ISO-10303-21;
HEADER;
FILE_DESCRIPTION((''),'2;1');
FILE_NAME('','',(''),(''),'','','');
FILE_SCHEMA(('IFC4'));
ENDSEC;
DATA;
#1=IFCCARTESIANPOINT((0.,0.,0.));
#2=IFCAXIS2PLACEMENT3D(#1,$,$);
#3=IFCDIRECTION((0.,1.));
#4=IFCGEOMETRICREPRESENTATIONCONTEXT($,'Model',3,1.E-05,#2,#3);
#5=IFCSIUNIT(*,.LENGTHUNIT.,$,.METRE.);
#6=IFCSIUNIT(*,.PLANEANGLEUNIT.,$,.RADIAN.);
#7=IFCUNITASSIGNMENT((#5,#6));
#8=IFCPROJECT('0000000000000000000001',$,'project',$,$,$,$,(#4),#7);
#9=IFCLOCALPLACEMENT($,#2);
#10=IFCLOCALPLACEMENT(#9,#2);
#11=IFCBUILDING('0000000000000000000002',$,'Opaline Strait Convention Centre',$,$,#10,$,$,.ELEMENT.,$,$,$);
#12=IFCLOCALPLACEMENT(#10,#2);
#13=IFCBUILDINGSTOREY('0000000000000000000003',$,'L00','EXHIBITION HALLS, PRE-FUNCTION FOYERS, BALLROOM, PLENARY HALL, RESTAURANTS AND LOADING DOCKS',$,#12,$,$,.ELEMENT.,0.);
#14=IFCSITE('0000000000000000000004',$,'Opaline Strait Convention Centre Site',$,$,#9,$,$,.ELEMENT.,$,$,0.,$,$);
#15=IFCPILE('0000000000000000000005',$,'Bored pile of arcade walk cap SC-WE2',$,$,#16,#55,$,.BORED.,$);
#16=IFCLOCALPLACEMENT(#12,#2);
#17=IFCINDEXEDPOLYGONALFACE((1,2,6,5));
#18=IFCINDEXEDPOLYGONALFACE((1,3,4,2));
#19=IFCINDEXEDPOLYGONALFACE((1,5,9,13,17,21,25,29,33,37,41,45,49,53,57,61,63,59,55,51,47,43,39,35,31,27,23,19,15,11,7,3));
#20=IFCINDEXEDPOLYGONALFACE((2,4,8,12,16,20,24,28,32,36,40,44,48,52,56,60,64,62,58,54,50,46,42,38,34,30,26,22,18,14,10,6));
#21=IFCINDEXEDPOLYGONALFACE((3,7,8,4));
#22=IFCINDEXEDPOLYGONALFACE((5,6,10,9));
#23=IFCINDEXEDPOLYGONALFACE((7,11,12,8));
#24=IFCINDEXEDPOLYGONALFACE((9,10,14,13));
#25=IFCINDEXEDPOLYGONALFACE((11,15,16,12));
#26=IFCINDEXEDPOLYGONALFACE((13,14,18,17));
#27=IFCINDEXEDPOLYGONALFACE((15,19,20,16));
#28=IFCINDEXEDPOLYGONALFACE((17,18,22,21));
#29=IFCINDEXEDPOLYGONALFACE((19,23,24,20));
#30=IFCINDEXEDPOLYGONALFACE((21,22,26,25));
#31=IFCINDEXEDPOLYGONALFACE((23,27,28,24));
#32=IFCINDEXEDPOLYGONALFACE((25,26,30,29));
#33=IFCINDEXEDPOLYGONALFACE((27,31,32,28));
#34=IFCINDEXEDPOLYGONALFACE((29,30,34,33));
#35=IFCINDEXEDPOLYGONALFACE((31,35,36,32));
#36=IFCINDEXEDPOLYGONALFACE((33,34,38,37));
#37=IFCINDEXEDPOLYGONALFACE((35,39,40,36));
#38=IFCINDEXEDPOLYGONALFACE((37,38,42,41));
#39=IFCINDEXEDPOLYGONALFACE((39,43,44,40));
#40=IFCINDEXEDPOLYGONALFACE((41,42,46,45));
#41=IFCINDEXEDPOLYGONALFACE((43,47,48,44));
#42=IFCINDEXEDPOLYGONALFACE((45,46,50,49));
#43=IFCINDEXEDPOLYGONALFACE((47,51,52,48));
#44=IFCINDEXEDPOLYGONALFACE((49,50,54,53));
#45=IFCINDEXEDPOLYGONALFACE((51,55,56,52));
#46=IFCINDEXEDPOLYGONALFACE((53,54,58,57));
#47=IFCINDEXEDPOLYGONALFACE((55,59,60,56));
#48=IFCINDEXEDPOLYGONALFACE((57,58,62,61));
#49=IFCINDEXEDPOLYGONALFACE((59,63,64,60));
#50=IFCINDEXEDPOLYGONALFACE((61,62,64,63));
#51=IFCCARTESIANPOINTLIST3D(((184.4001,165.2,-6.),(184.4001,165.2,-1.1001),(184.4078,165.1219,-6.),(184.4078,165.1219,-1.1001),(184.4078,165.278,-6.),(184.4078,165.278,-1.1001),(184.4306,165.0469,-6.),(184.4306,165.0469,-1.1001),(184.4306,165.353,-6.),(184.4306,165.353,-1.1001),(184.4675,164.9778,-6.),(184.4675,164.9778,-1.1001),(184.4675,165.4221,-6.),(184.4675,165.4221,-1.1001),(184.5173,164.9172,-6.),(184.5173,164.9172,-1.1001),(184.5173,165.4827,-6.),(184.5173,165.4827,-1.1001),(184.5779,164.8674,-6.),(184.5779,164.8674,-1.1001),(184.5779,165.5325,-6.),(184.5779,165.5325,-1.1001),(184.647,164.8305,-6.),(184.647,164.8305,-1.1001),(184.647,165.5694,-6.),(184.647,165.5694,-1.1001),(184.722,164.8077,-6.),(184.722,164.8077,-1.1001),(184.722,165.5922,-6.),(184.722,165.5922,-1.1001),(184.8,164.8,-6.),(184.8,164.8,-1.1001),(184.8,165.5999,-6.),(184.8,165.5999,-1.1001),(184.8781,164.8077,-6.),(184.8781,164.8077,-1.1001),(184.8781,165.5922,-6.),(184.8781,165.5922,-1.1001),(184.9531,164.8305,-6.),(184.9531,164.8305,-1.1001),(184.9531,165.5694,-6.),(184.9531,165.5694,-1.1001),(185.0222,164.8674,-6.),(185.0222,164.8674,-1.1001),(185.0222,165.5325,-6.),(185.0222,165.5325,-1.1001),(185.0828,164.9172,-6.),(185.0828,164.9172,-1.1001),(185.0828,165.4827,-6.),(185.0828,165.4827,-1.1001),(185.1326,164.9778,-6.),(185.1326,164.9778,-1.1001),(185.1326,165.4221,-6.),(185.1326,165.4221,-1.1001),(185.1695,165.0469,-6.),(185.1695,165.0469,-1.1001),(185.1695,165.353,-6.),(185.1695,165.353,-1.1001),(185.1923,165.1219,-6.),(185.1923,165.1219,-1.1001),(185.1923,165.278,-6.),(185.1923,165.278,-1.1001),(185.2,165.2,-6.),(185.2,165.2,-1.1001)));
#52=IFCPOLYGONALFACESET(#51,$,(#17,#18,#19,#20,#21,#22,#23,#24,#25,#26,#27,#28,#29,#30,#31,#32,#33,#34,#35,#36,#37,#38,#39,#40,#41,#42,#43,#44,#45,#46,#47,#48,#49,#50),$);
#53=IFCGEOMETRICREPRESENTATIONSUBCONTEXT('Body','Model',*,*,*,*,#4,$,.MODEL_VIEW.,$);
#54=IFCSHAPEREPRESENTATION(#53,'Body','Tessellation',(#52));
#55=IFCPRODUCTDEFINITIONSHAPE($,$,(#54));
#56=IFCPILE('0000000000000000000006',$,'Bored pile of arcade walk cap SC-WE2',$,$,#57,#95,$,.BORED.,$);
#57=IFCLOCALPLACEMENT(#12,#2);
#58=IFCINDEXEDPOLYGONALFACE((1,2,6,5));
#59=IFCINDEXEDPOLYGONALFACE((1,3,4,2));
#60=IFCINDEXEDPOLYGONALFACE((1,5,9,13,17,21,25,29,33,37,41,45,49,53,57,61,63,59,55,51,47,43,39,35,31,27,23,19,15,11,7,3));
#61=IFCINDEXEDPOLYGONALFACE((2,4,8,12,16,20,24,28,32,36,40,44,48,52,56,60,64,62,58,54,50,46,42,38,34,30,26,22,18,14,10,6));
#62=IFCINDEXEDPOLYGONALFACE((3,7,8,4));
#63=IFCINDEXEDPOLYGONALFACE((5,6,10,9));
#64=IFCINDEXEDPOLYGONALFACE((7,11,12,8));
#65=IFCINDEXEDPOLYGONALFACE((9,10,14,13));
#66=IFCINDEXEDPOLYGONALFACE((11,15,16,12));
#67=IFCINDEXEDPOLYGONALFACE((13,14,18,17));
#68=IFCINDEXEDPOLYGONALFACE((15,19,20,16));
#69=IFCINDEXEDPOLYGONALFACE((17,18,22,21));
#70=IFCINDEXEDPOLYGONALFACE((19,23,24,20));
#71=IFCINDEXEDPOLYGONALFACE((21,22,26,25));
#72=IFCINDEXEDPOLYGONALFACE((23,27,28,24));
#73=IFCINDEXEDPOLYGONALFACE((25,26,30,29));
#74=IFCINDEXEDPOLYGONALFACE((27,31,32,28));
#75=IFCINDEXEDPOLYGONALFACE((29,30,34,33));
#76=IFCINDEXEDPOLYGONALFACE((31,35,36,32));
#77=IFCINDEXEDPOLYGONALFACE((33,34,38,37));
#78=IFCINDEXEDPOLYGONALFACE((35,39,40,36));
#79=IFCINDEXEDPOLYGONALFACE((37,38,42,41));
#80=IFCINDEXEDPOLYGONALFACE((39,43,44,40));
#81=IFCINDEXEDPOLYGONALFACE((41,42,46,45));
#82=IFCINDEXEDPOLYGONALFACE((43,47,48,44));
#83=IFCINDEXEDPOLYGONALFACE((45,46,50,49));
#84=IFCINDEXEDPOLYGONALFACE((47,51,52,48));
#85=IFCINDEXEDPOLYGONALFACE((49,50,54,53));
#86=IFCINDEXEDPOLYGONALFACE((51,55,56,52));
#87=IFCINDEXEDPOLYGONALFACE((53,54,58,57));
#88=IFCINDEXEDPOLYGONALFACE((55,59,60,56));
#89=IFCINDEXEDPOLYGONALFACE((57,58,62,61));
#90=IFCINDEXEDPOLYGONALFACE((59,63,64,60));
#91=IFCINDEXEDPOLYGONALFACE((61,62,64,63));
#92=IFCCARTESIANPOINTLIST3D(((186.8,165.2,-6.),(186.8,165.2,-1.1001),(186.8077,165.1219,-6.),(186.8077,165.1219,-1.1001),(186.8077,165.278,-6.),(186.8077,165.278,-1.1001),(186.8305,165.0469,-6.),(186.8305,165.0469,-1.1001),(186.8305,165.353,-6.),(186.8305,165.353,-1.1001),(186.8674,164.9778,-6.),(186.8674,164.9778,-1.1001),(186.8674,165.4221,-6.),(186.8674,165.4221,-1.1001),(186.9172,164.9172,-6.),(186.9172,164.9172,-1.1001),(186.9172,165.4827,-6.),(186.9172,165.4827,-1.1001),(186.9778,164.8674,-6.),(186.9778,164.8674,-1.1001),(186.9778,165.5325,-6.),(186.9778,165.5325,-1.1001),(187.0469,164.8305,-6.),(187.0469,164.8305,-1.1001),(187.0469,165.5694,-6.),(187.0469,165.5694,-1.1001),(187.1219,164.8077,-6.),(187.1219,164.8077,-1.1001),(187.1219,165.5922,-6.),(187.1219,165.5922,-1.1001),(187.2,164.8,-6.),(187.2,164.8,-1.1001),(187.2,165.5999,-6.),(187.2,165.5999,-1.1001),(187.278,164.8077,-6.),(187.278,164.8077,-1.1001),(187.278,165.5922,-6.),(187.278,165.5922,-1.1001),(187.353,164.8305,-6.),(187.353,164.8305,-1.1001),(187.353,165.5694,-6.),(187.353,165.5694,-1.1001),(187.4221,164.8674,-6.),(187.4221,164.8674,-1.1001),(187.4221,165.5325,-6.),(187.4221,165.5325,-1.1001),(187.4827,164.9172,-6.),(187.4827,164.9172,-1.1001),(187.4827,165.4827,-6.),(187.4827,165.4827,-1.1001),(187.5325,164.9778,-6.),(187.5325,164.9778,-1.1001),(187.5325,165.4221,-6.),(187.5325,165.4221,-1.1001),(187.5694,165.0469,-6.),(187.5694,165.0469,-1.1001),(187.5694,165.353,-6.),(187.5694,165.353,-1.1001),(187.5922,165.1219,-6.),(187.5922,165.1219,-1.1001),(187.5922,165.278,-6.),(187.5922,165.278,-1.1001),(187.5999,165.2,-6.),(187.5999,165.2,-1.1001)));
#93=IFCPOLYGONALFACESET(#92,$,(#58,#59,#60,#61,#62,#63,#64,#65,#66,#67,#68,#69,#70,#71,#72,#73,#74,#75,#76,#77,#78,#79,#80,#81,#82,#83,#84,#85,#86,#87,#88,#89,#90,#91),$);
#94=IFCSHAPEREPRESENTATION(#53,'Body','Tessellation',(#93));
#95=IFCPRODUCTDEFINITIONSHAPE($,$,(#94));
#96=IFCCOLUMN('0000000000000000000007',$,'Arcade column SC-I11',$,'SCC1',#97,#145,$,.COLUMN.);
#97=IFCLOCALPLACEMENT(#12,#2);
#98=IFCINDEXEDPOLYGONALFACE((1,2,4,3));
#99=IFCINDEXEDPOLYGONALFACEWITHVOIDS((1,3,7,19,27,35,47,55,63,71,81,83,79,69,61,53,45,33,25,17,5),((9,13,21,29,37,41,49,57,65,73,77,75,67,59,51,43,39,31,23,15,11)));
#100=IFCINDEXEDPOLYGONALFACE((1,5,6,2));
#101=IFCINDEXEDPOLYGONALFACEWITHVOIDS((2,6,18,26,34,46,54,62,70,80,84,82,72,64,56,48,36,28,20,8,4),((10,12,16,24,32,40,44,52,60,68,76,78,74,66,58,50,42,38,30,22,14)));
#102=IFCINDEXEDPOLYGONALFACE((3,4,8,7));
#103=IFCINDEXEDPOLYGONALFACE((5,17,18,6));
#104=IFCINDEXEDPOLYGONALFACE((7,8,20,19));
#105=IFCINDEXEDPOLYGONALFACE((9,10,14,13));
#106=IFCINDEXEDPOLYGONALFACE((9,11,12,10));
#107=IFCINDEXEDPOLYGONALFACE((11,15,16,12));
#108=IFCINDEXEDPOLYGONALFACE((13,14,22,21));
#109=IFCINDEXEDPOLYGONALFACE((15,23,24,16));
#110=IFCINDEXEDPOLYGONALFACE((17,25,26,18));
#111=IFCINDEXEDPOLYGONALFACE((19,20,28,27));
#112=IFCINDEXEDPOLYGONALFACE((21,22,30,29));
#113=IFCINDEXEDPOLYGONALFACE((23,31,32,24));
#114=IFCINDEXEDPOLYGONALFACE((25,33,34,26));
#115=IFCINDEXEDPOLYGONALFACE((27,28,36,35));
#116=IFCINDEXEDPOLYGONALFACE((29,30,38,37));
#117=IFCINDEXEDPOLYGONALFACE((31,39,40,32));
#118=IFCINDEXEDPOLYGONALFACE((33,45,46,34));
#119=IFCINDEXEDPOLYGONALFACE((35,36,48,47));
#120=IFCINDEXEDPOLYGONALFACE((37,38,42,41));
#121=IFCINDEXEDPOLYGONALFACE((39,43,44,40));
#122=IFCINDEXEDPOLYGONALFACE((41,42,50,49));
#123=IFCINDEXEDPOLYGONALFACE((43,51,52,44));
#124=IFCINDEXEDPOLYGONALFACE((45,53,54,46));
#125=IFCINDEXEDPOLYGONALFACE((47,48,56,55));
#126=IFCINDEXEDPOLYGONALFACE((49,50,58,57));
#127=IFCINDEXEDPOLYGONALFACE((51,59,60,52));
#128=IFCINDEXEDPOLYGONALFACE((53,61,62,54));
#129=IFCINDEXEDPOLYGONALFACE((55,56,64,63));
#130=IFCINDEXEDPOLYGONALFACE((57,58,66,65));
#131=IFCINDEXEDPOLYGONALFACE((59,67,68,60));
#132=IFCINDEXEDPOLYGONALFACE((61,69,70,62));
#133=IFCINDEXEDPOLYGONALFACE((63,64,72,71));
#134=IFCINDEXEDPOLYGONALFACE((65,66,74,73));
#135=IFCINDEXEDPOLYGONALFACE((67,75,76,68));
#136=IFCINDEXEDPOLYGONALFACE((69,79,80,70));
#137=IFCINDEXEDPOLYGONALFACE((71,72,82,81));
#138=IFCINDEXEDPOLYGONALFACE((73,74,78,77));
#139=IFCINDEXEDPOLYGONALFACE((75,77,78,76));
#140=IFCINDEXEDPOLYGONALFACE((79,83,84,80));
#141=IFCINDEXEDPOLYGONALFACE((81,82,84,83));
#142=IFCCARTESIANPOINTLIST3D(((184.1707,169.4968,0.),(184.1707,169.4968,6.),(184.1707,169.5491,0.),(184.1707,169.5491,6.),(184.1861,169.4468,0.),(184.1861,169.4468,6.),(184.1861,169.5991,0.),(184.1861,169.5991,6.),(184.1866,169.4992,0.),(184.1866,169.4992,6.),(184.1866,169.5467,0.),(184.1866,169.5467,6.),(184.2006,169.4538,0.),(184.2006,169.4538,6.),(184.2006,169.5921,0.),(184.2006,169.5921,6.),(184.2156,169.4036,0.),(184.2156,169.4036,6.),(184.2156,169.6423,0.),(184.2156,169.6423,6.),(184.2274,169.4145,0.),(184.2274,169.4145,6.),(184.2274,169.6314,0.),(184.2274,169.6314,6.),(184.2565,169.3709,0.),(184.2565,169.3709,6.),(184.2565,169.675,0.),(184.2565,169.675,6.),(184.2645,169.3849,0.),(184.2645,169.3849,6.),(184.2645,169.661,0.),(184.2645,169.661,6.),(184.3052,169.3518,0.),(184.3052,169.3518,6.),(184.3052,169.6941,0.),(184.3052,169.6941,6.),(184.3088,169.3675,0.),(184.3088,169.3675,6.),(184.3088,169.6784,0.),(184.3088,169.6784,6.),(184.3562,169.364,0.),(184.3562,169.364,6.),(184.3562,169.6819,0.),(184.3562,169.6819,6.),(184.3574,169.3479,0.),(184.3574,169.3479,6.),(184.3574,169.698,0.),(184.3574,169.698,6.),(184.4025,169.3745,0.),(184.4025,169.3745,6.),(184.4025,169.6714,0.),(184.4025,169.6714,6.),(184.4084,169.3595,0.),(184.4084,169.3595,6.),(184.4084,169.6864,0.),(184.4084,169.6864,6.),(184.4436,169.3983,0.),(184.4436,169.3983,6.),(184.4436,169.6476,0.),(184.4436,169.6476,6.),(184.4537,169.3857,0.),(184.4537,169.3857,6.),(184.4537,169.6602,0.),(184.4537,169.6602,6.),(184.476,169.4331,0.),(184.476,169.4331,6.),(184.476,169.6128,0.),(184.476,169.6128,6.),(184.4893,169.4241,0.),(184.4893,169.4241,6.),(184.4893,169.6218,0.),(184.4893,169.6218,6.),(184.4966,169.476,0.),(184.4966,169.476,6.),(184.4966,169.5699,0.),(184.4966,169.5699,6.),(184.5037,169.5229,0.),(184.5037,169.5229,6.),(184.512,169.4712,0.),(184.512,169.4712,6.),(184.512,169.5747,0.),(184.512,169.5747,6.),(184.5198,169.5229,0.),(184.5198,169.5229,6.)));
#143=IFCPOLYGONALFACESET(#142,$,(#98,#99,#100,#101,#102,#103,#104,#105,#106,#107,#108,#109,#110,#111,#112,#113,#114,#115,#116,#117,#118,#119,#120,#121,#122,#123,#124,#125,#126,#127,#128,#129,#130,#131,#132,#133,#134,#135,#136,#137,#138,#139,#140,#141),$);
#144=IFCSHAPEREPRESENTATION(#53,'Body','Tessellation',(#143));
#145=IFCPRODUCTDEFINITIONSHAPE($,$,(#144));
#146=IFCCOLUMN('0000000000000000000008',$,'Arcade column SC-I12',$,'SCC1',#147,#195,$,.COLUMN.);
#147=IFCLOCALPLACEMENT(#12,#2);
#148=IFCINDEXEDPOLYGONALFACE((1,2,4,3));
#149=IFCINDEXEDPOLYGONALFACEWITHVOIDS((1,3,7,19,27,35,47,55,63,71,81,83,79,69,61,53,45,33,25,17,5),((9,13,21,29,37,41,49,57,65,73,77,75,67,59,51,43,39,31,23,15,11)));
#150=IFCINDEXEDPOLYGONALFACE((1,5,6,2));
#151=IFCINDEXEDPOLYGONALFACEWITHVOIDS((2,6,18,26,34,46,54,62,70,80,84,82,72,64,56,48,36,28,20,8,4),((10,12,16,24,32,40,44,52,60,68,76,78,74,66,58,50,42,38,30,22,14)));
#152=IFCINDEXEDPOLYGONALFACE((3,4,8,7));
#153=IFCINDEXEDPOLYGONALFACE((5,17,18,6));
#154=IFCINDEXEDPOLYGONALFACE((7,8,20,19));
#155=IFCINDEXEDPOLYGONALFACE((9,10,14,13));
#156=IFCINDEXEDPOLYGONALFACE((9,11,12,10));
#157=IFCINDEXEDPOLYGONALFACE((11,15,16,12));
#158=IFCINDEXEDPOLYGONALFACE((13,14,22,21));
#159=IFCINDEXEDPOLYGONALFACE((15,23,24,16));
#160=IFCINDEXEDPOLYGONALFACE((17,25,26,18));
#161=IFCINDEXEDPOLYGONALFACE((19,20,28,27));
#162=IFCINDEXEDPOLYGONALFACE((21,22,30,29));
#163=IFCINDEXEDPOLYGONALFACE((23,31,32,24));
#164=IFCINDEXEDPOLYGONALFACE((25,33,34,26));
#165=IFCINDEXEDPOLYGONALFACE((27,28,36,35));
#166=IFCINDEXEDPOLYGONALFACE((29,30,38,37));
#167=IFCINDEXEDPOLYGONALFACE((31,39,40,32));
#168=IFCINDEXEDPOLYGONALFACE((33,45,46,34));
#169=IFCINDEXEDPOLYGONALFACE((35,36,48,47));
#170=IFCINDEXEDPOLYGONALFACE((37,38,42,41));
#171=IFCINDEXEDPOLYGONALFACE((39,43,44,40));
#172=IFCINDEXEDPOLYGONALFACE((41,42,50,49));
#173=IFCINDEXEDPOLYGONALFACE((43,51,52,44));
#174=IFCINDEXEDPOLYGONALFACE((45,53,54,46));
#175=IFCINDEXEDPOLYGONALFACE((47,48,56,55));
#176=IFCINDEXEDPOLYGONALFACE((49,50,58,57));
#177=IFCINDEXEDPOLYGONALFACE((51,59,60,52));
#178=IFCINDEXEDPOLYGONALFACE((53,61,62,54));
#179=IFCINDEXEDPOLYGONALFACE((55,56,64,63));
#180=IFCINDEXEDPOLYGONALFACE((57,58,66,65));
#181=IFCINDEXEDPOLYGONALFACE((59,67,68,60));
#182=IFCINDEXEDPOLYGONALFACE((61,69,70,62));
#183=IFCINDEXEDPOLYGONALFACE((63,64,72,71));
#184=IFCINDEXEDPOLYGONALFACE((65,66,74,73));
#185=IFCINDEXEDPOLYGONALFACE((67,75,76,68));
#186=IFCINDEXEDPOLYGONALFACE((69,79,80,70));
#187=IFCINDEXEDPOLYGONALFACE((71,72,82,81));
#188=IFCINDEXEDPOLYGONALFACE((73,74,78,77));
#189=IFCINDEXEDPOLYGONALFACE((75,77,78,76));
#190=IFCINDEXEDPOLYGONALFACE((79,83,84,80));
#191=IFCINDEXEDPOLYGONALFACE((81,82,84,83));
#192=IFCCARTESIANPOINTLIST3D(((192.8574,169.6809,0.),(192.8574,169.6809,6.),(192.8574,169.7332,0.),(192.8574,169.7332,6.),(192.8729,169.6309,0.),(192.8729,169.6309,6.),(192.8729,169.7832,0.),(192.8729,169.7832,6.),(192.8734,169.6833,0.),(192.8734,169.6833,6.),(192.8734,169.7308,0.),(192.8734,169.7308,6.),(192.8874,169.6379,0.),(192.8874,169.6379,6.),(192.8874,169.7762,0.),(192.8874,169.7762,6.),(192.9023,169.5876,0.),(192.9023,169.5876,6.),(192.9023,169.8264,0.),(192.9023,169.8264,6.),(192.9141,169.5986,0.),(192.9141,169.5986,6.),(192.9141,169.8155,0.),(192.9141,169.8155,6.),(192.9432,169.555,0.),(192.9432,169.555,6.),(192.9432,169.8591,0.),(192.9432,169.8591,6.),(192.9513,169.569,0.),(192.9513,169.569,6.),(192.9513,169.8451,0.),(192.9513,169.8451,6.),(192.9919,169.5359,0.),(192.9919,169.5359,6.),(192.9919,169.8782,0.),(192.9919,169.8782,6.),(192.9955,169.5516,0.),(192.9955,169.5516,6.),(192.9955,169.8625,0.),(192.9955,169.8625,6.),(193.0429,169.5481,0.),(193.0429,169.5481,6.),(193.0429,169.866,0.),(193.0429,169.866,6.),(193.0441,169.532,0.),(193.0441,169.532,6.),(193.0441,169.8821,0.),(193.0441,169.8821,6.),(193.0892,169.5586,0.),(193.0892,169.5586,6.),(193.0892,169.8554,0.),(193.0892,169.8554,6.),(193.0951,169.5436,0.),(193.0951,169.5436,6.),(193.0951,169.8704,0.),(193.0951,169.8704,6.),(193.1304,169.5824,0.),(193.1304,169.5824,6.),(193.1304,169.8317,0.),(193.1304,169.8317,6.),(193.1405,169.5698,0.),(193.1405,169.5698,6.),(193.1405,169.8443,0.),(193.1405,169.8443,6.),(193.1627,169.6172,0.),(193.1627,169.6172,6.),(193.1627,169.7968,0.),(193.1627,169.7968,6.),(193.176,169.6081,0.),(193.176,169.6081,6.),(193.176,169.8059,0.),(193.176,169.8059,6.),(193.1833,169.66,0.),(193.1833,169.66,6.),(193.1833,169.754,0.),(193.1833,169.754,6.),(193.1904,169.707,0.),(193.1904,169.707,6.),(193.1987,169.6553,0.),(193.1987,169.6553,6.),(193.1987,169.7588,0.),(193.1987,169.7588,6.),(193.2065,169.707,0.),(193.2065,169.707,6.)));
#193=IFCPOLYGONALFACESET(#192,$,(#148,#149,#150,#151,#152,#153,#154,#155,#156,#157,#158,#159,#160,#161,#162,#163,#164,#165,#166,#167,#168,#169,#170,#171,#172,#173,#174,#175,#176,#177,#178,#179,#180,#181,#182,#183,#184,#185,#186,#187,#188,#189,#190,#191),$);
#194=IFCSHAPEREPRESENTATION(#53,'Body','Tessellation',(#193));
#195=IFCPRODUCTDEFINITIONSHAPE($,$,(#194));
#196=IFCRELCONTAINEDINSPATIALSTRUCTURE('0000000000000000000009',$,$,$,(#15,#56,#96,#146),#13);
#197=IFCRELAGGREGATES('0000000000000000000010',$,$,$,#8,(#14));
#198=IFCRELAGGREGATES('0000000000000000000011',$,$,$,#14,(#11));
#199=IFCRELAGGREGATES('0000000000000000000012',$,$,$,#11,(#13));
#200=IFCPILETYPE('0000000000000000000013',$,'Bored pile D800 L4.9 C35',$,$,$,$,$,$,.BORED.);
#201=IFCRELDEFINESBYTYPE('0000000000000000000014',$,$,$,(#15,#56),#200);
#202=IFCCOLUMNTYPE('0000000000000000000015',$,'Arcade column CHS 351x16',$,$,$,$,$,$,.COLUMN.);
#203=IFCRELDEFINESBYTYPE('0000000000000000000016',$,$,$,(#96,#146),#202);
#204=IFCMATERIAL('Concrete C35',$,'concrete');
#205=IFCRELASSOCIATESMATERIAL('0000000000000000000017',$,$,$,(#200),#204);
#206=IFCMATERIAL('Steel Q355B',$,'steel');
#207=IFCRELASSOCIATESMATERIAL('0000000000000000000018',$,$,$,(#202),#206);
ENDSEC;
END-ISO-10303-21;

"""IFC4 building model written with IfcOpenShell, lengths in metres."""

from ifc_helpers import new_model, si_unit, direction, frame, origin, origin_2d, place, context, subcontext, project, spatial, circle, hollow_circle, extrude, material, material_profile, profile_set, type_object, element, save


model = new_model("IFC4")

# Units and contexts
model_context = context("Model", 3, precision=1e-05, world=origin(), true_north=direction((0.0, 1.0)))
body_context = subcontext(model_context, "Body", "Model", "MODEL_VIEW")
ifc_project = project(units=[si_unit("LENGTHUNIT", "METRE"), si_unit("PLANEANGLEUNIT", "RADIAN")], contexts=[model_context])

# Site, building, storey
site_placement = place(None, origin())
site = spatial("IfcSite", under=ifc_project, at=site_placement, Name="Opaline Strait Convention Centre Site", CompositionType="ELEMENT", RefElevation=0.0)
building_placement = place(site_placement, origin())
building = spatial("IfcBuilding", under=site, at=building_placement, Name="Opaline Strait Convention Centre", CompositionType="ELEMENT")
storey_placement = place(building_placement, origin())
storey = spatial("IfcBuildingStorey", under=building, at=storey_placement, Name="L00", Description="EXHIBITION HALLS, PRE-FUNCTION FOYERS, BALLROOM, PLENARY HALL, RESTAURANTS AND LOADING DOCKS", CompositionType="ELEMENT", Elevation=0.0)

# Piles
ifc_material_1 = material(Name="Concrete C35", Category="concrete")
ifc_material_profile_1 = material_profile(ifc_material_1, circle(Radius=0.3999, at=origin_2d()), Name="D800")
ifc_profile_set_1 = profile_set([ifc_material_profile_1], Name="Concrete C35")
pile_type = type_object("IfcPileType", Name="Bored pile D800 L4.9 C35", PredefinedType="BORED", material=ifc_profile_set_1)
for number, where, z_axis, x_axis, name in (
    (1, (184.8, 165.2, -1.1001), (0.0, 0.0, -1.0), (1.0, 0.0, 0.0), "Bored pile of arcade walk cap SC-WE2"),
    (2, (187.2, 165.2, -1.1001), (0.0, 0.0, -1.0), (1.0, 0.0, 0.0), "Bored pile of arcade walk cap SC-WE2"),
):
    element("IfcPile", number, at=place(storey_placement, frame(where, z_axis=z_axis, x_axis=x_axis)), inside=storey, type_object=pile_type, Name=name, PredefinedType="BORED", context=body_context, shape_type="SweptSolid", body=[
        extrude(circle(Radius=0.3999, at=origin_2d()), origin(), (0.0, 0.0, 1.0), 4.8999),
    ])

# Columns
ifc_material_2 = material(Name="Steel Q355B", Category="steel")
ifc_material_profile_2 = material_profile(ifc_material_2, hollow_circle(Radius=0.1755, WallThickness=0.0161, at=origin_2d()), Name="CHS 351x16")
ifc_profile_set_2 = profile_set([ifc_material_profile_2], Name="Steel Q355B")
column_type = type_object("IfcColumnType", Name="Arcade column CHS 351x16", PredefinedType="COLUMN", material=ifc_profile_set_2)
for number, where, z_axis, x_axis, name in (
    (3, (184.3442, 169.5229, 0.0), (0.0, 0.0, 1.0), (1.0, 0.0, 0.0), "Arcade column SC-I11"),
    (4, (193.031, 169.707, 0.0), (0.0, 0.0, 1.0), (1.0, 0.0, 0.0), "Arcade column SC-I12"),
):
    element("IfcColumn", number, at=place(storey_placement, frame(where, z_axis=z_axis, x_axis=x_axis)), inside=storey, type_object=column_type, Name=name, ObjectType="SCC1", PredefinedType="COLUMN", context=body_context, shape_type="SweptSolid", body=[
        extrude(hollow_circle(Radius=0.1755, WallThickness=0.0161, at=origin_2d()), origin(), (0.0, 0.0, 1.0), 6.0),
    ])

save(model, "model.ifc")
